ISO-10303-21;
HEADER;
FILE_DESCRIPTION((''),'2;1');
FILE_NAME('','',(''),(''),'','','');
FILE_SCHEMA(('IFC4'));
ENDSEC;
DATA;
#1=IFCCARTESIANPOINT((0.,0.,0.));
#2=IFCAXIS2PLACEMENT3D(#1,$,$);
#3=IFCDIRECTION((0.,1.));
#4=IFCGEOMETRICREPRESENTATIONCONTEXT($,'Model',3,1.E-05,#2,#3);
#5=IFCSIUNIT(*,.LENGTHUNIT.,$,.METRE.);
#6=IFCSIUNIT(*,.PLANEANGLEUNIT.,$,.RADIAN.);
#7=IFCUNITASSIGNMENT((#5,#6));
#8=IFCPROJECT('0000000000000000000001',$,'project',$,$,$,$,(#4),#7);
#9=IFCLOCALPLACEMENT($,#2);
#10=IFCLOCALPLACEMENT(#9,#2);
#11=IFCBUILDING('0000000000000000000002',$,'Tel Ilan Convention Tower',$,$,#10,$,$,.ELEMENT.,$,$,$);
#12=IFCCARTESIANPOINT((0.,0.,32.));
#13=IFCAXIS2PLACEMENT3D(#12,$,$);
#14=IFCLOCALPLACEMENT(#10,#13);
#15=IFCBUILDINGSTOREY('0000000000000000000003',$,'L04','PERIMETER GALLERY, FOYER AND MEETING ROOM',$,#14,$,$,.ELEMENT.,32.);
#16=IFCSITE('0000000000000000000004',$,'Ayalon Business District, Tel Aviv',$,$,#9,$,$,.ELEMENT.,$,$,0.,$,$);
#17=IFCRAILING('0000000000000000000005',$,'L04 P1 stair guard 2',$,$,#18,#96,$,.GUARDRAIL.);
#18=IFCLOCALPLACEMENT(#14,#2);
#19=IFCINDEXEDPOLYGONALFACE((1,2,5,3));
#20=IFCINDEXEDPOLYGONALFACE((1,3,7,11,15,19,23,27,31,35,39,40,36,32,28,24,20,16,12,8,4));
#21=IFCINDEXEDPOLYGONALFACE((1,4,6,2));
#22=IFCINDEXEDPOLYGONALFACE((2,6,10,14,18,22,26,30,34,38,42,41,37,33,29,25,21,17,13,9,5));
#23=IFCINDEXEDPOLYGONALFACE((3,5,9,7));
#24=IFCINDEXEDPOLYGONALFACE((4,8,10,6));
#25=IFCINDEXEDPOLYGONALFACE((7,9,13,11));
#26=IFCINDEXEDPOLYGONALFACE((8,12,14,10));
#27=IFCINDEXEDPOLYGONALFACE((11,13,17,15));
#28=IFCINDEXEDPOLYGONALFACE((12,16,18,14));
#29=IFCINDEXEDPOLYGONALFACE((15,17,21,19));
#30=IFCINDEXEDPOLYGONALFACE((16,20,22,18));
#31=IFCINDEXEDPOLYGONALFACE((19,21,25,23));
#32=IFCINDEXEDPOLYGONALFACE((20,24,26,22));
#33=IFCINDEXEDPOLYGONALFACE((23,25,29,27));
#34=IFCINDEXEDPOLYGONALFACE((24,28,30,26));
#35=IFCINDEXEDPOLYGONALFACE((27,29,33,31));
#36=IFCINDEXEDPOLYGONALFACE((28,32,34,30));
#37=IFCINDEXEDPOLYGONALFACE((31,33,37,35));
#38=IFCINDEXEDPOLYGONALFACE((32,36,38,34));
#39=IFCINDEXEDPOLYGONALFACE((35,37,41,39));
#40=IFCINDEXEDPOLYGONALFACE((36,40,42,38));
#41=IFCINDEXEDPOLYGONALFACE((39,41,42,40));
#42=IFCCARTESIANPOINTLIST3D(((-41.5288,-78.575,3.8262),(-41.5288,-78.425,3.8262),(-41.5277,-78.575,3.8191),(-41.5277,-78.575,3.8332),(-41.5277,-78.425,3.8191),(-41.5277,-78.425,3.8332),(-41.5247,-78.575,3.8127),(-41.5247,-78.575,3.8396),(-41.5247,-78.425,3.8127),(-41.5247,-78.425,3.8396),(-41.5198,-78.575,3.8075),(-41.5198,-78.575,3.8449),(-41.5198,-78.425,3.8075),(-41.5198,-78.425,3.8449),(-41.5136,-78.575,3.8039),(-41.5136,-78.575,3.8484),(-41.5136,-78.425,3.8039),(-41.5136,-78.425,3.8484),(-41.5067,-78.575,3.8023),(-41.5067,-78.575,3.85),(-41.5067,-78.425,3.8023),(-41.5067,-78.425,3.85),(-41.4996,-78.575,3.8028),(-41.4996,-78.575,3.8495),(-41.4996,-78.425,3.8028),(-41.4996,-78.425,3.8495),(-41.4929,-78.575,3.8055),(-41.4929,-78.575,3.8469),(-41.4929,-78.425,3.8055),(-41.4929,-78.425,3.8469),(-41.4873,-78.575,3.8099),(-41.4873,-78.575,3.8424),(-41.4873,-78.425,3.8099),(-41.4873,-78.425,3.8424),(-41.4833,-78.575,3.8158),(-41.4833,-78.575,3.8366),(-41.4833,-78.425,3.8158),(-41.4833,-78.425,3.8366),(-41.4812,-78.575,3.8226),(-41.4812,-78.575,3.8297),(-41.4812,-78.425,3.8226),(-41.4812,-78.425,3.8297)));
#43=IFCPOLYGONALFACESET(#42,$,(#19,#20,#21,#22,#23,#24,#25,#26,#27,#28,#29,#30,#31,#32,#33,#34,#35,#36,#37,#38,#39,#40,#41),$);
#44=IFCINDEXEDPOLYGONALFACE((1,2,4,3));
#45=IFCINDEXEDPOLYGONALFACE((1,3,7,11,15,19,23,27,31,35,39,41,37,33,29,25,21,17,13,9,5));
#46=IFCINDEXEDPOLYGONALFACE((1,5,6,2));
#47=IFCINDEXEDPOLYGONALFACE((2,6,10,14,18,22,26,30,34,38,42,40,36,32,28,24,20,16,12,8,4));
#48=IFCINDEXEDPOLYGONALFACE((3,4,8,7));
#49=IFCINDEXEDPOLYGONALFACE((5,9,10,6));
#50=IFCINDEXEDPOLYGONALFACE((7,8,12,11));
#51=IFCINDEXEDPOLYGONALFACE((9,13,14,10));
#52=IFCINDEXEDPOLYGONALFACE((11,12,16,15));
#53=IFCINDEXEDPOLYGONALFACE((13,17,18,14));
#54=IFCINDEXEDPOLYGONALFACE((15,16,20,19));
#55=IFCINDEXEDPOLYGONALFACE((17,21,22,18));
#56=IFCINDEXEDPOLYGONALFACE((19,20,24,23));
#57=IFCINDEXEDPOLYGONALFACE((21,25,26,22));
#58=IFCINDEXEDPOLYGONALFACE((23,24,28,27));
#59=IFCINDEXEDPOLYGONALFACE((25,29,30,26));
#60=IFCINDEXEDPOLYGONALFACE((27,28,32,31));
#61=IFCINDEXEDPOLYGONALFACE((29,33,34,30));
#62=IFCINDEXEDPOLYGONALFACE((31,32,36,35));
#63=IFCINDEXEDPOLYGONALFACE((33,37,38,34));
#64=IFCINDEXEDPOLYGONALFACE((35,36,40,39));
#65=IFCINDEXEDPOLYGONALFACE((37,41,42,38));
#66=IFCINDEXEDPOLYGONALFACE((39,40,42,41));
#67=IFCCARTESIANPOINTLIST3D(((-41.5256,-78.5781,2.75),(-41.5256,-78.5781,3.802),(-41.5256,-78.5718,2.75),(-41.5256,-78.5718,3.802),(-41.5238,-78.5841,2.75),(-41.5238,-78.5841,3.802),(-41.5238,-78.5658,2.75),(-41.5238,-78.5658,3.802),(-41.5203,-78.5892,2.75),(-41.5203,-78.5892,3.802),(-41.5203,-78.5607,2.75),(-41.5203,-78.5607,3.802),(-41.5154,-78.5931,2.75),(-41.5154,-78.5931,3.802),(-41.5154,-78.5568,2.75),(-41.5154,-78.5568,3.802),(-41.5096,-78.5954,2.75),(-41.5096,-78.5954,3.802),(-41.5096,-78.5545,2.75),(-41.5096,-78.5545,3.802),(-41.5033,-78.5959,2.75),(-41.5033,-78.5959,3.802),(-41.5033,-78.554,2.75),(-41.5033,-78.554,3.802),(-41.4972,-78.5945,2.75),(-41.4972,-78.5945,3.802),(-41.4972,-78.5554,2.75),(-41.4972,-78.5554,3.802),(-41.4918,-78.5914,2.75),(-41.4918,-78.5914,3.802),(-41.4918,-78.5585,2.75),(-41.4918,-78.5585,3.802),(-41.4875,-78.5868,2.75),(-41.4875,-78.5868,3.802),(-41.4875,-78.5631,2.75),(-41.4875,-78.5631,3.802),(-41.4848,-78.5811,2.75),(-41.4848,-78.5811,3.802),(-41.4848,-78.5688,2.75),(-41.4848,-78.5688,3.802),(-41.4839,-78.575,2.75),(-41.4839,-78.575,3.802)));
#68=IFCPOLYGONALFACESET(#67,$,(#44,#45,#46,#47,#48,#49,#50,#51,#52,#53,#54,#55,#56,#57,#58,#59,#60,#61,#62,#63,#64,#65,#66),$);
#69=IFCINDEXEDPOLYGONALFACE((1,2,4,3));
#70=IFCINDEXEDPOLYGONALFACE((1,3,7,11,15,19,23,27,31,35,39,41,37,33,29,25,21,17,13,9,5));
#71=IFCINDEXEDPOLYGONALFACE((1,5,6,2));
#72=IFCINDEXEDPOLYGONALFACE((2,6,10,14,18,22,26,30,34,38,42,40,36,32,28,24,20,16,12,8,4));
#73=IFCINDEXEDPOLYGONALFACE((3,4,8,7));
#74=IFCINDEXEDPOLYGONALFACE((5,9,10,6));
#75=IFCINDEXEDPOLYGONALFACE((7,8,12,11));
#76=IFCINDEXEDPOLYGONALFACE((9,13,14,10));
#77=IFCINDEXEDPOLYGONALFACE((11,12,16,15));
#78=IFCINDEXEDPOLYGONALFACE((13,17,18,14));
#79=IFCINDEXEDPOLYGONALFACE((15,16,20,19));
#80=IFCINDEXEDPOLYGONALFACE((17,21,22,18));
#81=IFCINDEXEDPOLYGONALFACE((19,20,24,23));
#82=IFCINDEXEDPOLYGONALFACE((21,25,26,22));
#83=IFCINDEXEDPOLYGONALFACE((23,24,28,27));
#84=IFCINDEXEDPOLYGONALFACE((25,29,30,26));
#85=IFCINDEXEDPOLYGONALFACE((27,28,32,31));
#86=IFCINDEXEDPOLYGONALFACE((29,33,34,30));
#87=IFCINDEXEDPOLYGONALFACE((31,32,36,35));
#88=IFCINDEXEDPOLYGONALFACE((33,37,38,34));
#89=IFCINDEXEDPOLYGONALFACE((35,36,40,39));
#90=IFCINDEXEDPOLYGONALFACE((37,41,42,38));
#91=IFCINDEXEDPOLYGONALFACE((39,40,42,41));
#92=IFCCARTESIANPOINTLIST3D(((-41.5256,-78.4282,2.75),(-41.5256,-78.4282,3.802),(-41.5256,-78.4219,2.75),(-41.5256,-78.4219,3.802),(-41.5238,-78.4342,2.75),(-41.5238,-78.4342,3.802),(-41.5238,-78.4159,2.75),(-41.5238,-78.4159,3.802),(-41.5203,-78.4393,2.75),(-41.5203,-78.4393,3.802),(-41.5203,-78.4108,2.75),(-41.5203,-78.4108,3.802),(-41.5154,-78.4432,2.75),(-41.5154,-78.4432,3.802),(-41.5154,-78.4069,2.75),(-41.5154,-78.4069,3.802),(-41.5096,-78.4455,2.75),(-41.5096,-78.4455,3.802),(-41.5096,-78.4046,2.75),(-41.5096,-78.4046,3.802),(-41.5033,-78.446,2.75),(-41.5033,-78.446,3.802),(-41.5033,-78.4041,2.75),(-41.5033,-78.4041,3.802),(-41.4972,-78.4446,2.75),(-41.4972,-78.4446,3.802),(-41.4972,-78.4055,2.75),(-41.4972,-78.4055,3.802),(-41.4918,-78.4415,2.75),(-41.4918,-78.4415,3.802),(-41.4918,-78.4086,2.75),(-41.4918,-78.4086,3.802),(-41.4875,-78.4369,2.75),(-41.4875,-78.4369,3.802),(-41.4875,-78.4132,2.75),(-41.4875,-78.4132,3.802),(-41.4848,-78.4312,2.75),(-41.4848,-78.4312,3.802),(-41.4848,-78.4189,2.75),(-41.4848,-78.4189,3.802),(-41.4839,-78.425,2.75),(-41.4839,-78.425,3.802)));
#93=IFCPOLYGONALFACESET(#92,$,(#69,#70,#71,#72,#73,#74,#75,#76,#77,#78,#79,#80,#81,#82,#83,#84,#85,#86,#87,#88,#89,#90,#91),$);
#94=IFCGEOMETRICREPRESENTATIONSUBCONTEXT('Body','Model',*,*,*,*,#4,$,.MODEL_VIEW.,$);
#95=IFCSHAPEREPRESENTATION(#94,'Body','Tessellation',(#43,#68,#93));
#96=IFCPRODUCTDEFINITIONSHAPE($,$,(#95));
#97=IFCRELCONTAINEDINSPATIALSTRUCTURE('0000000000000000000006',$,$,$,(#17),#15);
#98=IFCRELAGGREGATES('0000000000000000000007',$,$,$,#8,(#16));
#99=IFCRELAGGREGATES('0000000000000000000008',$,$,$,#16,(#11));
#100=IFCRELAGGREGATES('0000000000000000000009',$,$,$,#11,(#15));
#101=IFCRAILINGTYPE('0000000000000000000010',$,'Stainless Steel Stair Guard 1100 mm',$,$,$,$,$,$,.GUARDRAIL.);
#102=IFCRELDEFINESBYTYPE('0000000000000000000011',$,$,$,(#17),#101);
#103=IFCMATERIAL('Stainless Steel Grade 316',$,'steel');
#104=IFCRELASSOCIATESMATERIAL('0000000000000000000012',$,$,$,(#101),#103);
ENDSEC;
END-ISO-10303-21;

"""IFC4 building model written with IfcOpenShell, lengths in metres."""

from ifc_helpers import new_model, si_unit, direction, frame, origin, origin_2d, place, context, subcontext, project, spatial, circle, extrude, material, type_object, element, save


model = new_model("IFC4")

# Units and contexts
model_context = context("Model", 3, precision=1e-05, world=origin(), true_north=direction((0.0, 1.0)))
body_context = subcontext(model_context, "Body", "Model", "MODEL_VIEW")
ifc_project = project(units=[si_unit("LENGTHUNIT", "METRE"), si_unit("PLANEANGLEUNIT", "RADIAN")], contexts=[model_context])

# Site, building, storey
site_placement = place(None, origin())
site = spatial("IfcSite", under=ifc_project, at=site_placement, Name="Ayalon Business District, Tel Aviv", CompositionType="ELEMENT", RefElevation=0.0)
building_placement = place(site_placement, origin())
building = spatial("IfcBuilding", under=site, at=building_placement, Name="Tel Ilan Convention Tower", CompositionType="ELEMENT")
storey_placement = place(building_placement, frame((0.0, 0.0, 32.0)))
storey = spatial("IfcBuildingStorey", under=building, at=storey_placement, Name="L04", Description="PERIMETER GALLERY, FOYER AND MEETING ROOM", CompositionType="ELEMENT", Elevation=32.0)

# Railing
ifc_material_1 = material(Name="Stainless Steel Grade 316", Category="steel")
railing_type = type_object("IfcRailingType", Name="Stainless Steel Stair Guard 1100 mm", PredefinedType="GUARDRAIL", material=ifc_material_1)
railing_1_placement = place(storey_placement, frame((-41.5049, -78.575, 2.75)))
element("IfcRailing", 1, at=railing_1_placement, inside=storey, type_object=railing_type, Name="L04 P1 stair guard 2", PredefinedType="GUARDRAIL", context=body_context, shape_type="SweptSolid", body=[
    extrude(circle(Radius=0.0239, at=origin_2d()), frame((0.0, 0.0, 1.0762), z_axis=(0.0, 1.0, 0.0), x_axis=(-1.0, 0.0, 0.0)), (0.0, 0.0, 1.0), 0.1499),
    extrude(circle(Radius=0.021, at=origin_2d()), origin(), (0.0, 0.0, 1.0), 1.052),
    extrude(circle(Radius=0.021, at=origin_2d()), frame((0.0, 0.1499, 0.0)), (0.0, 0.0, 1.0), 1.052),
])

save(model, "model.ifc")
